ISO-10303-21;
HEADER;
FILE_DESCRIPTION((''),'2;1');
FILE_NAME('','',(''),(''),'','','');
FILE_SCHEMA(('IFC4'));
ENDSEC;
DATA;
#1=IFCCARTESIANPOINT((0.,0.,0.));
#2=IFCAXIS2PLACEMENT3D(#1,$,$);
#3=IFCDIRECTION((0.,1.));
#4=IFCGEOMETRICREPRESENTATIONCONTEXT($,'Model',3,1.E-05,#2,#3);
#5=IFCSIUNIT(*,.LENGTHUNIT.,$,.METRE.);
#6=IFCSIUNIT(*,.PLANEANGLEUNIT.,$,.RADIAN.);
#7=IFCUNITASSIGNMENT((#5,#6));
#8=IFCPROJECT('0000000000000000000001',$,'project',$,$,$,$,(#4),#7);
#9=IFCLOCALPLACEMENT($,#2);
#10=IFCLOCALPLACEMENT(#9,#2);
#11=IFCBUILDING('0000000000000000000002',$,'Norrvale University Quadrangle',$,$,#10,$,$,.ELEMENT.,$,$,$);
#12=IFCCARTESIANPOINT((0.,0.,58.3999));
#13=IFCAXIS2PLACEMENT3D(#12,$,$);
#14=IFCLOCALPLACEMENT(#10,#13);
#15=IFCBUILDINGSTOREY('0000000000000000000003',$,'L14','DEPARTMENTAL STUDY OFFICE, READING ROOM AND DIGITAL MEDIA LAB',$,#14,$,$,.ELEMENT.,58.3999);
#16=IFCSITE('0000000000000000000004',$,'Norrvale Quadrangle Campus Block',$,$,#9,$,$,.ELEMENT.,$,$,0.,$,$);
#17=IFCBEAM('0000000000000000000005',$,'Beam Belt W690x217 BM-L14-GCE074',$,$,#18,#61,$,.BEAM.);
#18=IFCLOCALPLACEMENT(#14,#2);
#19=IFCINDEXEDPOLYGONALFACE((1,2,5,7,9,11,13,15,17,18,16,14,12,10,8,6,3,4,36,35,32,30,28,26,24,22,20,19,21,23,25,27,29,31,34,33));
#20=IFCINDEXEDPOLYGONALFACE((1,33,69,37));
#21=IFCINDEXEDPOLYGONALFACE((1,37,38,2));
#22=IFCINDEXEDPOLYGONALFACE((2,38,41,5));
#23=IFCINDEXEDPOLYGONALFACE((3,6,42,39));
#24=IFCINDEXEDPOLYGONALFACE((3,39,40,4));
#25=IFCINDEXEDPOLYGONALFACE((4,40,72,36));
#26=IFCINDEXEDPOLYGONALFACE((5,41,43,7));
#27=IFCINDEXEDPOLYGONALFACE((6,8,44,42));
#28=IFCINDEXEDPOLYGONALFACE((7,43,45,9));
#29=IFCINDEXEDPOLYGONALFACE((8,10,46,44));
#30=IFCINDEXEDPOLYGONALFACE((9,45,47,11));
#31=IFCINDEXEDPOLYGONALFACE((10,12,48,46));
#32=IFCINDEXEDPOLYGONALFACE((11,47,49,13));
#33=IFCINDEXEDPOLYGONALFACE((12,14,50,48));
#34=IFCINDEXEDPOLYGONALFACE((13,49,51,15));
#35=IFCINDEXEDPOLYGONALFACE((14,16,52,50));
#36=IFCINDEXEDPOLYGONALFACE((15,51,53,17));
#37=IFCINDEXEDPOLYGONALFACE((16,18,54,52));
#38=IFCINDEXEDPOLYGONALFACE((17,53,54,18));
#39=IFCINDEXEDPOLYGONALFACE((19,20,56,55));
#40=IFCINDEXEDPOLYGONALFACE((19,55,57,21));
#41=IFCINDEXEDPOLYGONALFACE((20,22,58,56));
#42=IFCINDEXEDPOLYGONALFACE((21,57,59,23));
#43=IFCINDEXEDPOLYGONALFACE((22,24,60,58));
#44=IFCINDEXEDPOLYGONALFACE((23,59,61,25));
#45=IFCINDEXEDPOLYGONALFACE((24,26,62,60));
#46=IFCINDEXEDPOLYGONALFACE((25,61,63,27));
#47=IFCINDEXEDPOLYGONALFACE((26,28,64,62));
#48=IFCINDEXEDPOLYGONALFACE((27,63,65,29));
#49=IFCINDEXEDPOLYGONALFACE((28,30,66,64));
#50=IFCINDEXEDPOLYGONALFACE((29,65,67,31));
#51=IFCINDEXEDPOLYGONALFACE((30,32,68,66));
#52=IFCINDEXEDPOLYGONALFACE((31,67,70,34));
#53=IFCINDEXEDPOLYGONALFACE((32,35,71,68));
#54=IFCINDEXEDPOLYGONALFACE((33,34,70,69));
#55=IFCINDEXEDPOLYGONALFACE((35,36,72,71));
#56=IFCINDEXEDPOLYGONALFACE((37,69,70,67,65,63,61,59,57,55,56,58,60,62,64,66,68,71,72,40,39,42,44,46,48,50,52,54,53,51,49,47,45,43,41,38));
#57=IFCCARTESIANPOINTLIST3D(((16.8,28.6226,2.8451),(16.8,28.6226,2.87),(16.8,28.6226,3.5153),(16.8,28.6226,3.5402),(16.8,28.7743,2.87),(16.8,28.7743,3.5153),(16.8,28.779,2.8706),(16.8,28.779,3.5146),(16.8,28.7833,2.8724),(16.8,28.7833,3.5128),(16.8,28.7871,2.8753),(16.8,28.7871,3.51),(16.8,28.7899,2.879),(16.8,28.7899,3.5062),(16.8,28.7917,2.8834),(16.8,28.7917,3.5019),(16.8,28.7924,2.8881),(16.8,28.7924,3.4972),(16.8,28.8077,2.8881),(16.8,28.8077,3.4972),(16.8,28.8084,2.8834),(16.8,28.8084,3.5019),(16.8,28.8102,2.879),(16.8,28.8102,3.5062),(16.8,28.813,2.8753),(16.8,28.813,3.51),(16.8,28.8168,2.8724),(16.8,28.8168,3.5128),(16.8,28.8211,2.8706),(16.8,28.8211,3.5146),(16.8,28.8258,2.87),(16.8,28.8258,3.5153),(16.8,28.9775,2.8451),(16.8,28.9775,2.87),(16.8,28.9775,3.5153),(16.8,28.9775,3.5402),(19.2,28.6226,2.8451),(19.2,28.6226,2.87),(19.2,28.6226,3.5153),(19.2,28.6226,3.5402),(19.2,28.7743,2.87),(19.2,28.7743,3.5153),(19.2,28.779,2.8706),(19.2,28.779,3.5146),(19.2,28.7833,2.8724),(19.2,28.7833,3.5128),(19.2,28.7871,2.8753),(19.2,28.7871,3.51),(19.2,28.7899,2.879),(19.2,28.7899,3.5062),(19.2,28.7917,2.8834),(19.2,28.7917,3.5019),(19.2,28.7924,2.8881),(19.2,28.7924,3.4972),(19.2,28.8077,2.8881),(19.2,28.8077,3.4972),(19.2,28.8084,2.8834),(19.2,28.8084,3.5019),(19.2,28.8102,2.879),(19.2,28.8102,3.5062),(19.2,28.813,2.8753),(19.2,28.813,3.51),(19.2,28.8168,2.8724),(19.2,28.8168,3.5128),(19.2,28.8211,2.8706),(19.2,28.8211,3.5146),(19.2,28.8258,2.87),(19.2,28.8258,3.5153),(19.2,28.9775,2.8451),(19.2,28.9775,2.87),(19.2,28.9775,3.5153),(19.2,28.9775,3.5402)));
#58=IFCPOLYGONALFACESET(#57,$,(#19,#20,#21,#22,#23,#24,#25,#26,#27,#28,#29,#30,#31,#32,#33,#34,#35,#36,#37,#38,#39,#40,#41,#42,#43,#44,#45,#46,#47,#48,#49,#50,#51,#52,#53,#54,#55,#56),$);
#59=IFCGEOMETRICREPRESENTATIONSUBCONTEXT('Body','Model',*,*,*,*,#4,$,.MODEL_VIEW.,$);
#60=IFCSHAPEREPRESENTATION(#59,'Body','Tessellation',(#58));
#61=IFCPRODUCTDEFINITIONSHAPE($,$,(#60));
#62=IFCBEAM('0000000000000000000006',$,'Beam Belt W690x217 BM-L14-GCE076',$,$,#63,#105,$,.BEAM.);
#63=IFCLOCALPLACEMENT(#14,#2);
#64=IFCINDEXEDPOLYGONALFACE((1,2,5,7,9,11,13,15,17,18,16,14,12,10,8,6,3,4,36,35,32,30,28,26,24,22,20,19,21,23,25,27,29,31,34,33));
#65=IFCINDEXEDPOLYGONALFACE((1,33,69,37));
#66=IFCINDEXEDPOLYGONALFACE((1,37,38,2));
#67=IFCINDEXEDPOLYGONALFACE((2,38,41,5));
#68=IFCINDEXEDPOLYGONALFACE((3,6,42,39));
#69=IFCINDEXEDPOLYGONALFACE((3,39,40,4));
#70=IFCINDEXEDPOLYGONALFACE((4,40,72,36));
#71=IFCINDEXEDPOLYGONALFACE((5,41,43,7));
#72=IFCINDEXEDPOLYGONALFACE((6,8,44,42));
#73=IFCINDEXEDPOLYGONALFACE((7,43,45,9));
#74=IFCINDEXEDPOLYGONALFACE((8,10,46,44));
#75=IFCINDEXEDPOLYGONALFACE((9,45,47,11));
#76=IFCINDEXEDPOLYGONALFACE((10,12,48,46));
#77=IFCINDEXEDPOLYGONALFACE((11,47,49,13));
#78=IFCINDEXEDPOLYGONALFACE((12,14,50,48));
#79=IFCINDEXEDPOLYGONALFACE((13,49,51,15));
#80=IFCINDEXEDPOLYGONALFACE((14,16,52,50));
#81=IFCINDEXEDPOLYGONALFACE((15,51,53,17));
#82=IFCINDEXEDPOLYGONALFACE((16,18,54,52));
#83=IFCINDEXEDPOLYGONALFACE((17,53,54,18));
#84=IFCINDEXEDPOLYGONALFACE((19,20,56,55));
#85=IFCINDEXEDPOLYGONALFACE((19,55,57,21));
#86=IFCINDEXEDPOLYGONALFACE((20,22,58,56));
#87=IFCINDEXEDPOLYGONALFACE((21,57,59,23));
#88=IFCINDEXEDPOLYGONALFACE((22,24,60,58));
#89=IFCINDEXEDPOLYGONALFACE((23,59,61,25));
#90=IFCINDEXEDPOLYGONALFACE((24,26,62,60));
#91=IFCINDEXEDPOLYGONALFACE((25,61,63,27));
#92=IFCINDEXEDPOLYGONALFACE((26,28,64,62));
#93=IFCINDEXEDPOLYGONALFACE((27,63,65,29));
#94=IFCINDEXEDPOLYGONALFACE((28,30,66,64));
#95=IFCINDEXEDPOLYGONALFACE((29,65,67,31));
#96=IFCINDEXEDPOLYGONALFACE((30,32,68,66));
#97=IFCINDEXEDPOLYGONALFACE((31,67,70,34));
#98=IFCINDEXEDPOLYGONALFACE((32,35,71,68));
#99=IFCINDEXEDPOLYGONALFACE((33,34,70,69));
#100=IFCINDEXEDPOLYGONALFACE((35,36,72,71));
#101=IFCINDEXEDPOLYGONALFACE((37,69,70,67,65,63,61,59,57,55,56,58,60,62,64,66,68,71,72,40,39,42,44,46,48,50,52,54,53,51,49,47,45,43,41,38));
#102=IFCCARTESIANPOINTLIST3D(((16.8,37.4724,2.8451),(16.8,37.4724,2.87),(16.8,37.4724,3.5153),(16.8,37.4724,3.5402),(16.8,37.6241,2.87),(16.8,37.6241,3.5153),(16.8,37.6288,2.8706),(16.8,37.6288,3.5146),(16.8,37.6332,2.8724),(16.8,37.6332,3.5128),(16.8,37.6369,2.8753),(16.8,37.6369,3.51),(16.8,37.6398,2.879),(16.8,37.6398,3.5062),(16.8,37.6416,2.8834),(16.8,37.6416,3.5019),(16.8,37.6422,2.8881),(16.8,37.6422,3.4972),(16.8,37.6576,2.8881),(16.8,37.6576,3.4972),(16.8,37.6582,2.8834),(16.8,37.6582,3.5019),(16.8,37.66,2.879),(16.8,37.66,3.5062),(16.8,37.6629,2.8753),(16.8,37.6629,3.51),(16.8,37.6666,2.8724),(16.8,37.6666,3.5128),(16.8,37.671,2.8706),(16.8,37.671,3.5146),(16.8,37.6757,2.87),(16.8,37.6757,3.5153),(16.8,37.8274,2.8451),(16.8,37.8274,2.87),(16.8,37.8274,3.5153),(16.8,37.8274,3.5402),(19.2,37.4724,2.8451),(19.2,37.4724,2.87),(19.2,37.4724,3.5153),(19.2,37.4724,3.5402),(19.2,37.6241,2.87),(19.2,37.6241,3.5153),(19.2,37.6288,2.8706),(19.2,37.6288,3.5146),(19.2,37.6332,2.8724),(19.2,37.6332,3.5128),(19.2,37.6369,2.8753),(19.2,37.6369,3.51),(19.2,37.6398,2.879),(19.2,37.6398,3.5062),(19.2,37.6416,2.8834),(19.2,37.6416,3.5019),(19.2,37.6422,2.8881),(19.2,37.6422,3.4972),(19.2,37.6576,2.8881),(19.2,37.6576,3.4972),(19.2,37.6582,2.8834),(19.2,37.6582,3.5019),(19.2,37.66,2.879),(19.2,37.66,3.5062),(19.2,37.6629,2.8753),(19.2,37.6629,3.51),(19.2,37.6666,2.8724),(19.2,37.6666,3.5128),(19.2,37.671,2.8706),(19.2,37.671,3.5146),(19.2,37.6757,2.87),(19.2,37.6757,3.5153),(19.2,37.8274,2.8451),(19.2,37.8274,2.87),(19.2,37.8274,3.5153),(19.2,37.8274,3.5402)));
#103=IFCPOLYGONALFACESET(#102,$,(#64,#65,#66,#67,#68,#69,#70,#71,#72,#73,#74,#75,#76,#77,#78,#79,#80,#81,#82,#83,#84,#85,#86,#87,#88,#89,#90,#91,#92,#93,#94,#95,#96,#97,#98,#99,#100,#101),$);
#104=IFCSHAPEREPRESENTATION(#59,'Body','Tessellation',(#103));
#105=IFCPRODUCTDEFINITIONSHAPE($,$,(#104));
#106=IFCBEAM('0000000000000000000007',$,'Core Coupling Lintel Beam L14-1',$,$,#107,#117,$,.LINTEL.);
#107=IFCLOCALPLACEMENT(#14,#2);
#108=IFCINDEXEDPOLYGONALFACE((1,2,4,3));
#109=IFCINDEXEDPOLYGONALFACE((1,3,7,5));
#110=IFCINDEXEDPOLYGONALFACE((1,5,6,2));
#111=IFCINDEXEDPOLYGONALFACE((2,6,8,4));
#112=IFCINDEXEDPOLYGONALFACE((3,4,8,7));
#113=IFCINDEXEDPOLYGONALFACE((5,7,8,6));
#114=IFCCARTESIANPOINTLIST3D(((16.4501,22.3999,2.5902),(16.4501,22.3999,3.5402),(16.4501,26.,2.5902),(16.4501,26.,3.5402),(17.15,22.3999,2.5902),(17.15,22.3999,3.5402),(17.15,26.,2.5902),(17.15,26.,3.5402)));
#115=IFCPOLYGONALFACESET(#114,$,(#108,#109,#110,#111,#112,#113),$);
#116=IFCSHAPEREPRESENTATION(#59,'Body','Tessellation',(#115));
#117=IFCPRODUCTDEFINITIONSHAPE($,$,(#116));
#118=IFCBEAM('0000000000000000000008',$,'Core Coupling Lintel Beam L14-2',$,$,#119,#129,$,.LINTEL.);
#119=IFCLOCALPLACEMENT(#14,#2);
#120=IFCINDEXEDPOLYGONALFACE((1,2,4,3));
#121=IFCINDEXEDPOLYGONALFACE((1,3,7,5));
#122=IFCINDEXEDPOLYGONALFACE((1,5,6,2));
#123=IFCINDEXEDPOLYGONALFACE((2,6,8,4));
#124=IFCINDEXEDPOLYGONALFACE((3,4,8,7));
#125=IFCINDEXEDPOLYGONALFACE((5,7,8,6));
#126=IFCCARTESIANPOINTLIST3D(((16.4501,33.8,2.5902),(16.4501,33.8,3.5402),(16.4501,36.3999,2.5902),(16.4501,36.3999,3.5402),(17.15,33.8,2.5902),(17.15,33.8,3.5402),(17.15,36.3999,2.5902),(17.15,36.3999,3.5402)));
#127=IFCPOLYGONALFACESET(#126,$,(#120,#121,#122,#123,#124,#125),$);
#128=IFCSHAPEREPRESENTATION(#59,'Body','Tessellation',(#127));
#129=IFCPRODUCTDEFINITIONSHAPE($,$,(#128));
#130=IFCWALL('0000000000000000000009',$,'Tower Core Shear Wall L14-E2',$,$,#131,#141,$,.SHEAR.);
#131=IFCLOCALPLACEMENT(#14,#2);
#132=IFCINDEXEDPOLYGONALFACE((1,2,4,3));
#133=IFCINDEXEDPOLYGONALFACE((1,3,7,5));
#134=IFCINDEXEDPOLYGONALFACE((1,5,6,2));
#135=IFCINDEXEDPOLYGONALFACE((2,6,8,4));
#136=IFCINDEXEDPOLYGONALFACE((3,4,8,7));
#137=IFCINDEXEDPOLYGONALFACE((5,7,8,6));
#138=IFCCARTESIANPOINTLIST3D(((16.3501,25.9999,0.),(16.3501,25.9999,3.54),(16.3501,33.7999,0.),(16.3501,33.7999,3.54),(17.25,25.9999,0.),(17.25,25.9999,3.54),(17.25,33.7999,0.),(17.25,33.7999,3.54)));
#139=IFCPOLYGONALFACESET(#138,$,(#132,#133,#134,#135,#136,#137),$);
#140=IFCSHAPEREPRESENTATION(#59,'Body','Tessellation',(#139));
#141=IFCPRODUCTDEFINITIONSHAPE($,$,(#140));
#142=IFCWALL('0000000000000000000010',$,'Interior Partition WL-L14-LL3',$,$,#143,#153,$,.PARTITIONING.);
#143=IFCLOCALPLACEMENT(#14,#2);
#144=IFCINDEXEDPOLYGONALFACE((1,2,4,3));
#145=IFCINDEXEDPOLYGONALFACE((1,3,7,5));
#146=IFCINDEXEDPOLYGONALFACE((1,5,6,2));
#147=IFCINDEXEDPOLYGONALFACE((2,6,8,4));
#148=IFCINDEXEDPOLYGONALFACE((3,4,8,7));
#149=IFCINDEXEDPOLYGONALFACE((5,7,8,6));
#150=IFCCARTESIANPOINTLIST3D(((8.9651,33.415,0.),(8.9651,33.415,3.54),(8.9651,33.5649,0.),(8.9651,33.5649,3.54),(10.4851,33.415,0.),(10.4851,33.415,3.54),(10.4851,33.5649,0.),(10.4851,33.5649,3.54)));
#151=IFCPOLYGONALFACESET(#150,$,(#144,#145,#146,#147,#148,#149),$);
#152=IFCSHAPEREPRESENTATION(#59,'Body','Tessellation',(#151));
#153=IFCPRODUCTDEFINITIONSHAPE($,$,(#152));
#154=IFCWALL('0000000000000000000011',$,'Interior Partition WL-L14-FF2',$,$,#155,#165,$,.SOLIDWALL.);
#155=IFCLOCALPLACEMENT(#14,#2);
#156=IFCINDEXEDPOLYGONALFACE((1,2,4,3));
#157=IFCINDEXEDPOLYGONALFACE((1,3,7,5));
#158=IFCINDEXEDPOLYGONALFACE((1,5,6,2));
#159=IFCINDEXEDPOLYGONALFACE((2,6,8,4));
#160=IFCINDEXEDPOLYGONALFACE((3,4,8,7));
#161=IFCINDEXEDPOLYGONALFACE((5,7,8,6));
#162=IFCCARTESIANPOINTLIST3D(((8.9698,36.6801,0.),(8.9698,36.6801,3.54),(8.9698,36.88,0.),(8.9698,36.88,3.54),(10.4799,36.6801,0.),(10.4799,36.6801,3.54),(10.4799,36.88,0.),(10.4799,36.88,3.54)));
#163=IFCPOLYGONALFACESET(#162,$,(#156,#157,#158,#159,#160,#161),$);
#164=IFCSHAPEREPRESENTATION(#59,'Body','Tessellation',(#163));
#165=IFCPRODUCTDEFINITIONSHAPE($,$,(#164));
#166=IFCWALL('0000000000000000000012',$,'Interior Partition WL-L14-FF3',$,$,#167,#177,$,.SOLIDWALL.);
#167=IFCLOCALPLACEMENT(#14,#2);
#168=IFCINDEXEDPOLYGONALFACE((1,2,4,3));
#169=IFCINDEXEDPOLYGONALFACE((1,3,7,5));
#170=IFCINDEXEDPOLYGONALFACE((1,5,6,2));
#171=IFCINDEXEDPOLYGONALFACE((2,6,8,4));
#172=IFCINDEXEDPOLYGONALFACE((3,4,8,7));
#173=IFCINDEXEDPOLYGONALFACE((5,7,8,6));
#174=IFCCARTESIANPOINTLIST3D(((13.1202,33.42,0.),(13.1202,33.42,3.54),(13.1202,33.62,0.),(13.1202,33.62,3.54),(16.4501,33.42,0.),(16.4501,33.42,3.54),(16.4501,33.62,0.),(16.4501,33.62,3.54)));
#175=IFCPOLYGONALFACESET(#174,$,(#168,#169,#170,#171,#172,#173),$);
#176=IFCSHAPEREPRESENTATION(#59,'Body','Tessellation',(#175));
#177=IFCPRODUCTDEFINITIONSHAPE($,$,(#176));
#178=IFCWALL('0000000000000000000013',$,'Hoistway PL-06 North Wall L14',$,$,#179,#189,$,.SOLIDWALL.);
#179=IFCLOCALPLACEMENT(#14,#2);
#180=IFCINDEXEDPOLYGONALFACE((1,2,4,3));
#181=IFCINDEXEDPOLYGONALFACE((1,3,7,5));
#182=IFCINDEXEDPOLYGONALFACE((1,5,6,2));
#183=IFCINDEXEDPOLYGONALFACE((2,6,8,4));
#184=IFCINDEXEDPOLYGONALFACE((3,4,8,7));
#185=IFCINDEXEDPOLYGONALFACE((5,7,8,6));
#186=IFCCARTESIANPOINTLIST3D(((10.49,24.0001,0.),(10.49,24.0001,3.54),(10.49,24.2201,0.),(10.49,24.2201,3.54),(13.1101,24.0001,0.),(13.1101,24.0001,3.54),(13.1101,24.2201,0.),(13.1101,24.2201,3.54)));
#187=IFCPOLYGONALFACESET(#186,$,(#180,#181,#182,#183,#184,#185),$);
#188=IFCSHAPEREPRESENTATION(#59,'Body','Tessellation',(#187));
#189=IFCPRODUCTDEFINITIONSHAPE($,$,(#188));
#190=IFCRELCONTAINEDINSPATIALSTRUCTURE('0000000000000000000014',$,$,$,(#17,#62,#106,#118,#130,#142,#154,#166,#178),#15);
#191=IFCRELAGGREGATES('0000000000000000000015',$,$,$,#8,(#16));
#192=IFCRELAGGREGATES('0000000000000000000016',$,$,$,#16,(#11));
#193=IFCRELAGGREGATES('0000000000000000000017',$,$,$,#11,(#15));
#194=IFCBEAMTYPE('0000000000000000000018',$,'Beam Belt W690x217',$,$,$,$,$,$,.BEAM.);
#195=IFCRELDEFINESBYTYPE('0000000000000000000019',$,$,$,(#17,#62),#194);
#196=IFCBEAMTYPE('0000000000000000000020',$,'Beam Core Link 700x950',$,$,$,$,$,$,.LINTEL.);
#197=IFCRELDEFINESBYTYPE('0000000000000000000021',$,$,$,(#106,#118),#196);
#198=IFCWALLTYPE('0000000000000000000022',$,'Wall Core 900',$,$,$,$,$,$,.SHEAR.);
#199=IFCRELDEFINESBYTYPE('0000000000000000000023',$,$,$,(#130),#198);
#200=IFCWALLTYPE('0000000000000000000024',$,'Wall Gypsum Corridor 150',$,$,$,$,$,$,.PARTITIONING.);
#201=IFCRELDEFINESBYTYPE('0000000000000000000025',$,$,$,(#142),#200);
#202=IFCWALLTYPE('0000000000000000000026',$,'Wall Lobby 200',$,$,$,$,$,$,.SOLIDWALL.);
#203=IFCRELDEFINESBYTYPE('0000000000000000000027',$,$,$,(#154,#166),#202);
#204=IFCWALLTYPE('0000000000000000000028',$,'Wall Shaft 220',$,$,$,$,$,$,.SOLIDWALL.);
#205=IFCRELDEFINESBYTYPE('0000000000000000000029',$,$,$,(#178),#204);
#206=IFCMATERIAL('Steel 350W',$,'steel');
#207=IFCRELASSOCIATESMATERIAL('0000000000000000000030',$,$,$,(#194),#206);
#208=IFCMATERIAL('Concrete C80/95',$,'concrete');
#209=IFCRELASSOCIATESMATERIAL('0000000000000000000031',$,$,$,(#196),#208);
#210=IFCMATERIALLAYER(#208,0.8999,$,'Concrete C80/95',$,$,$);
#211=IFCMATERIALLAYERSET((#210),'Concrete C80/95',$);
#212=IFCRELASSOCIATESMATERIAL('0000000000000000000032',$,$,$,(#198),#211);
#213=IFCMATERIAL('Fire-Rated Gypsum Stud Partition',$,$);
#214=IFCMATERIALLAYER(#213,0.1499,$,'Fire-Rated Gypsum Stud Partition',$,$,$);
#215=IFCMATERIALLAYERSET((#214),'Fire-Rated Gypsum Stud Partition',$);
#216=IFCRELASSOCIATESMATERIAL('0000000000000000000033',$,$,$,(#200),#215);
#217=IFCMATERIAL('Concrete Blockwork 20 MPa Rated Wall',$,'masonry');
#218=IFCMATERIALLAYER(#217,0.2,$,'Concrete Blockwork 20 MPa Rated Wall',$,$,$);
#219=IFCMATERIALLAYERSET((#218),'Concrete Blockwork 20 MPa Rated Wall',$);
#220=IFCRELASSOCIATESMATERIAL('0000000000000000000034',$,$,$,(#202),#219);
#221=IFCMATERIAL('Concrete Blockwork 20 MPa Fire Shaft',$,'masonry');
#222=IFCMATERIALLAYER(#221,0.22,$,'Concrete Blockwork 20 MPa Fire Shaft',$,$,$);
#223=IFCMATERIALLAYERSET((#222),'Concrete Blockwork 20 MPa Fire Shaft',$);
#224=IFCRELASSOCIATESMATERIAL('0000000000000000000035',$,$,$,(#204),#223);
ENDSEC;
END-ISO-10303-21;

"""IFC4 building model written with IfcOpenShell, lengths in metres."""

from ifc_helpers import new_model, si_unit, direction, frame, frame_2d, origin, origin_2d, place, context, subcontext, project, spatial, rectangle, i_section, extrude, material, layer, layer_set, material_profile, profile_set, type_object, element, save


model = new_model("IFC4")

# Units and contexts
model_context = context("Model", 3, precision=1e-05, world=origin(), true_north=direction((0.0, 1.0)))
body_context = subcontext(model_context, "Body", "Model", "MODEL_VIEW")
ifc_project = project(units=[si_unit("LENGTHUNIT", "METRE"), si_unit("PLANEANGLEUNIT", "RADIAN")], contexts=[model_context])

# Site, building, storey
site_placement = place(None, origin())
site = spatial("IfcSite", under=ifc_project, at=site_placement, Name="Norrvale Quadrangle Campus Block", CompositionType="ELEMENT", RefElevation=0.0)
building_placement = place(site_placement, origin())
building = spatial("IfcBuilding", under=site, at=building_placement, Name="Norrvale University Quadrangle", CompositionType="ELEMENT")
storey_placement = place(building_placement, frame((0.0, 0.0, 58.3999)))
storey = spatial("IfcBuildingStorey", under=building, at=storey_placement, Name="L14", Description="DEPARTMENTAL STUDY OFFICE, READING ROOM AND DIGITAL MEDIA LAB", CompositionType="ELEMENT", Elevation=58.3999)

# Beams
ifc_material_1 = material(Name="Steel 350W", Category="steel")
ifc_material_profile_1 = material_profile(ifc_material_1, i_section(OverallWidth=0.355, OverallDepth=0.6951, WebThickness=0.0154, FlangeThickness=0.0249, FilletRadius=0.0181, at=origin_2d()), Name="Steel 350W")
ifc_profile_set_1 = profile_set([ifc_material_profile_1], Name="Steel 350W")
beam_type_1 = type_object("IfcBeamType", Name="Beam Belt W690x217", PredefinedType="BEAM", material=ifc_profile_set_1)
for number, where, z_axis, x_axis, name in (
    (1, (16.8, 28.8, 3.1926), (1.0, 0.0, 0.0), (0.0, 1.0, 0.0), "Beam Belt W690x217 BM-L14-GCE074"),
    (2, (16.8, 37.6499, 3.1926), (1.0, 0.0, 0.0), (0.0, 1.0, 0.0), "Beam Belt W690x217 BM-L14-GCE076"),
):
    element("IfcBeam", number, at=place(storey_placement, frame(where, z_axis=z_axis, x_axis=x_axis)), inside=storey, type_object=beam_type_1, Name=name, PredefinedType="BEAM", context=body_context, shape_type="SweptSolid", body=[
        extrude(i_section(OverallWidth=0.355, OverallDepth=0.6951, WebThickness=0.0154, FlangeThickness=0.0249, FilletRadius=0.0181, at=origin_2d()), origin(), (0.0, 0.0, 1.0), 2.3999),
    ])
ifc_material_2 = material(Name="Concrete C80/95", Category="concrete")
ifc_material_profile_2 = material_profile(ifc_material_2, rectangle(XDim=0.7, YDim=0.95, at=origin_2d()), Name="Concrete C80/95")
ifc_profile_set_2 = profile_set([ifc_material_profile_2], Name="Concrete C80/95")
beam_type_2 = type_object("IfcBeamType", Name="Beam Core Link 700x950", PredefinedType="LINTEL", material=ifc_profile_set_2)
beam_1_placement = place(storey_placement, frame((16.8, 22.3999, 3.0652), z_axis=(0.0, 1.0, 0.0), x_axis=(-1.0, 0.0, 0.0)))
element("IfcBeam", 3, at=beam_1_placement, inside=storey, type_object=beam_type_2, Name="Core Coupling Lintel Beam L14-1", PredefinedType="LINTEL", context=body_context, shape_type="SweptSolid", body=[
    extrude(rectangle(XDim=0.7, YDim=0.95, at=origin_2d()), origin(), (0.0, 0.0, 1.0), 3.6001),
])
beam_2_placement = place(storey_placement, frame((16.8, 33.8, 3.0652), z_axis=(0.0, 1.0, 0.0), x_axis=(-1.0, 0.0, 0.0)))
element("IfcBeam", 4, at=beam_2_placement, inside=storey, type_object=beam_type_2, Name="Core Coupling Lintel Beam L14-2", PredefinedType="LINTEL", context=body_context, shape_type="SweptSolid", body=[
    extrude(rectangle(XDim=0.7, YDim=0.95, at=origin_2d()), origin(), (0.0, 0.0, 1.0), 2.5999),
])

# Wall
ifc_layer_1 = layer(ifc_material_2, 0.8999, Name="Concrete C80/95")
ifc_layer_set_1 = layer_set([ifc_layer_1], Name="Concrete C80/95")
wall_type_1 = type_object("IfcWallType", Name="Wall Core 900", PredefinedType="SHEAR", material=ifc_layer_set_1)
wall_1_placement = place(storey_placement, frame((16.8, 26.0, 0.0), z_axis=(0.0, 0.0, 1.0), x_axis=(0.0, 1.0, 0.0)))
element("IfcWall", 5, at=wall_1_placement, inside=storey, type_object=wall_type_1, Name="Tower Core Shear Wall L14-E2", PredefinedType="SHEAR", context=body_context, shape_type="SweptSolid", body=[
    extrude(rectangle(XDim=7.8, YDim=0.8999, at=frame_2d((3.8999, 0.0))), origin(), (0.0, 0.0, 1.0), 3.54),
])

# Walls
ifc_material_3 = material(Name="Fire-Rated Gypsum Stud Partition")
ifc_layer_2 = layer(ifc_material_3, 0.1499, Name="Fire-Rated Gypsum Stud Partition")
ifc_layer_set_2 = layer_set([ifc_layer_2], Name="Fire-Rated Gypsum Stud Partition")
wall_type_2 = type_object("IfcWallType", Name="Wall Gypsum Corridor 150", PredefinedType="PARTITIONING", material=ifc_layer_set_2)
wall_2_placement = place(storey_placement, frame((8.9651, 33.49, 0.0), z_axis=(0.0, 0.0, 1.0), x_axis=(1.0, 0.0, 0.0)))
element("IfcWall", 6, at=wall_2_placement, inside=storey, type_object=wall_type_2, Name="Interior Partition WL-L14-LL3", PredefinedType="PARTITIONING", context=body_context, shape_type="SweptSolid", body=[
    extrude(rectangle(XDim=1.52, YDim=0.1499, at=frame_2d((0.76, 0.0))), origin(), (0.0, 0.0, 1.0), 3.54),
])
ifc_material_4 = material(Name="Concrete Blockwork 20 MPa Rated Wall", Category="masonry")
ifc_layer_3 = layer(ifc_material_4, 0.2, Name="Concrete Blockwork 20 MPa Rated Wall")
ifc_layer_set_3 = layer_set([ifc_layer_3], Name="Concrete Blockwork 20 MPa Rated Wall")
wall_type_3 = type_object("IfcWallType", Name="Wall Lobby 200", PredefinedType="SOLIDWALL", material=ifc_layer_set_3)
wall_3_placement = place(storey_placement, frame((8.97, 36.78, 0.0), z_axis=(0.0, 0.0, 1.0), x_axis=(1.0, 0.0, 0.0)))
element("IfcWall", 7, at=wall_3_placement, inside=storey, type_object=wall_type_3, Name="Interior Partition WL-L14-FF2", PredefinedType="SOLIDWALL", context=body_context, shape_type="SweptSolid", body=[
    extrude(rectangle(XDim=1.51, YDim=0.2, at=frame_2d((0.7549, 0.0))), origin(), (0.0, 0.0, 1.0), 3.54),
])
wall_4_placement = place(storey_placement, frame((13.1201, 33.52, 0.0), z_axis=(0.0, 0.0, 1.0), x_axis=(1.0, 0.0, 0.0)))
element("IfcWall", 8, at=wall_4_placement, inside=storey, type_object=wall_type_3, Name="Interior Partition WL-L14-FF3", PredefinedType="SOLIDWALL", context=body_context, shape_type="SweptSolid", body=[
    extrude(rectangle(XDim=3.3298, YDim=0.2, at=frame_2d((1.665, 0.0))), origin(), (0.0, 0.0, 1.0), 3.54),
])
ifc_material_5 = material(Name="Concrete Blockwork 20 MPa Fire Shaft", Category="masonry")
ifc_layer_4 = layer(ifc_material_5, 0.22, Name="Concrete Blockwork 20 MPa Fire Shaft")
ifc_layer_set_4 = layer_set([ifc_layer_4], Name="Concrete Blockwork 20 MPa Fire Shaft")
wall_type_4 = type_object("IfcWallType", Name="Wall Shaft 220", PredefinedType="SOLIDWALL", material=ifc_layer_set_4)
wall_5_placement = place(storey_placement, frame((10.49, 24.1101, 0.0), z_axis=(0.0, 0.0, 1.0), x_axis=(1.0, 0.0, 0.0)))
element("IfcWall", 9, at=wall_5_placement, inside=storey, type_object=wall_type_4, Name="Hoistway PL-06 North Wall L14", PredefinedType="SOLIDWALL", context=body_context, shape_type="SweptSolid", body=[
    extrude(rectangle(XDim=2.6201, YDim=0.22, at=frame_2d((1.3101, 0.0))), origin(), (0.0, 0.0, 1.0), 3.54),
])

save(model, "model.ifc")
